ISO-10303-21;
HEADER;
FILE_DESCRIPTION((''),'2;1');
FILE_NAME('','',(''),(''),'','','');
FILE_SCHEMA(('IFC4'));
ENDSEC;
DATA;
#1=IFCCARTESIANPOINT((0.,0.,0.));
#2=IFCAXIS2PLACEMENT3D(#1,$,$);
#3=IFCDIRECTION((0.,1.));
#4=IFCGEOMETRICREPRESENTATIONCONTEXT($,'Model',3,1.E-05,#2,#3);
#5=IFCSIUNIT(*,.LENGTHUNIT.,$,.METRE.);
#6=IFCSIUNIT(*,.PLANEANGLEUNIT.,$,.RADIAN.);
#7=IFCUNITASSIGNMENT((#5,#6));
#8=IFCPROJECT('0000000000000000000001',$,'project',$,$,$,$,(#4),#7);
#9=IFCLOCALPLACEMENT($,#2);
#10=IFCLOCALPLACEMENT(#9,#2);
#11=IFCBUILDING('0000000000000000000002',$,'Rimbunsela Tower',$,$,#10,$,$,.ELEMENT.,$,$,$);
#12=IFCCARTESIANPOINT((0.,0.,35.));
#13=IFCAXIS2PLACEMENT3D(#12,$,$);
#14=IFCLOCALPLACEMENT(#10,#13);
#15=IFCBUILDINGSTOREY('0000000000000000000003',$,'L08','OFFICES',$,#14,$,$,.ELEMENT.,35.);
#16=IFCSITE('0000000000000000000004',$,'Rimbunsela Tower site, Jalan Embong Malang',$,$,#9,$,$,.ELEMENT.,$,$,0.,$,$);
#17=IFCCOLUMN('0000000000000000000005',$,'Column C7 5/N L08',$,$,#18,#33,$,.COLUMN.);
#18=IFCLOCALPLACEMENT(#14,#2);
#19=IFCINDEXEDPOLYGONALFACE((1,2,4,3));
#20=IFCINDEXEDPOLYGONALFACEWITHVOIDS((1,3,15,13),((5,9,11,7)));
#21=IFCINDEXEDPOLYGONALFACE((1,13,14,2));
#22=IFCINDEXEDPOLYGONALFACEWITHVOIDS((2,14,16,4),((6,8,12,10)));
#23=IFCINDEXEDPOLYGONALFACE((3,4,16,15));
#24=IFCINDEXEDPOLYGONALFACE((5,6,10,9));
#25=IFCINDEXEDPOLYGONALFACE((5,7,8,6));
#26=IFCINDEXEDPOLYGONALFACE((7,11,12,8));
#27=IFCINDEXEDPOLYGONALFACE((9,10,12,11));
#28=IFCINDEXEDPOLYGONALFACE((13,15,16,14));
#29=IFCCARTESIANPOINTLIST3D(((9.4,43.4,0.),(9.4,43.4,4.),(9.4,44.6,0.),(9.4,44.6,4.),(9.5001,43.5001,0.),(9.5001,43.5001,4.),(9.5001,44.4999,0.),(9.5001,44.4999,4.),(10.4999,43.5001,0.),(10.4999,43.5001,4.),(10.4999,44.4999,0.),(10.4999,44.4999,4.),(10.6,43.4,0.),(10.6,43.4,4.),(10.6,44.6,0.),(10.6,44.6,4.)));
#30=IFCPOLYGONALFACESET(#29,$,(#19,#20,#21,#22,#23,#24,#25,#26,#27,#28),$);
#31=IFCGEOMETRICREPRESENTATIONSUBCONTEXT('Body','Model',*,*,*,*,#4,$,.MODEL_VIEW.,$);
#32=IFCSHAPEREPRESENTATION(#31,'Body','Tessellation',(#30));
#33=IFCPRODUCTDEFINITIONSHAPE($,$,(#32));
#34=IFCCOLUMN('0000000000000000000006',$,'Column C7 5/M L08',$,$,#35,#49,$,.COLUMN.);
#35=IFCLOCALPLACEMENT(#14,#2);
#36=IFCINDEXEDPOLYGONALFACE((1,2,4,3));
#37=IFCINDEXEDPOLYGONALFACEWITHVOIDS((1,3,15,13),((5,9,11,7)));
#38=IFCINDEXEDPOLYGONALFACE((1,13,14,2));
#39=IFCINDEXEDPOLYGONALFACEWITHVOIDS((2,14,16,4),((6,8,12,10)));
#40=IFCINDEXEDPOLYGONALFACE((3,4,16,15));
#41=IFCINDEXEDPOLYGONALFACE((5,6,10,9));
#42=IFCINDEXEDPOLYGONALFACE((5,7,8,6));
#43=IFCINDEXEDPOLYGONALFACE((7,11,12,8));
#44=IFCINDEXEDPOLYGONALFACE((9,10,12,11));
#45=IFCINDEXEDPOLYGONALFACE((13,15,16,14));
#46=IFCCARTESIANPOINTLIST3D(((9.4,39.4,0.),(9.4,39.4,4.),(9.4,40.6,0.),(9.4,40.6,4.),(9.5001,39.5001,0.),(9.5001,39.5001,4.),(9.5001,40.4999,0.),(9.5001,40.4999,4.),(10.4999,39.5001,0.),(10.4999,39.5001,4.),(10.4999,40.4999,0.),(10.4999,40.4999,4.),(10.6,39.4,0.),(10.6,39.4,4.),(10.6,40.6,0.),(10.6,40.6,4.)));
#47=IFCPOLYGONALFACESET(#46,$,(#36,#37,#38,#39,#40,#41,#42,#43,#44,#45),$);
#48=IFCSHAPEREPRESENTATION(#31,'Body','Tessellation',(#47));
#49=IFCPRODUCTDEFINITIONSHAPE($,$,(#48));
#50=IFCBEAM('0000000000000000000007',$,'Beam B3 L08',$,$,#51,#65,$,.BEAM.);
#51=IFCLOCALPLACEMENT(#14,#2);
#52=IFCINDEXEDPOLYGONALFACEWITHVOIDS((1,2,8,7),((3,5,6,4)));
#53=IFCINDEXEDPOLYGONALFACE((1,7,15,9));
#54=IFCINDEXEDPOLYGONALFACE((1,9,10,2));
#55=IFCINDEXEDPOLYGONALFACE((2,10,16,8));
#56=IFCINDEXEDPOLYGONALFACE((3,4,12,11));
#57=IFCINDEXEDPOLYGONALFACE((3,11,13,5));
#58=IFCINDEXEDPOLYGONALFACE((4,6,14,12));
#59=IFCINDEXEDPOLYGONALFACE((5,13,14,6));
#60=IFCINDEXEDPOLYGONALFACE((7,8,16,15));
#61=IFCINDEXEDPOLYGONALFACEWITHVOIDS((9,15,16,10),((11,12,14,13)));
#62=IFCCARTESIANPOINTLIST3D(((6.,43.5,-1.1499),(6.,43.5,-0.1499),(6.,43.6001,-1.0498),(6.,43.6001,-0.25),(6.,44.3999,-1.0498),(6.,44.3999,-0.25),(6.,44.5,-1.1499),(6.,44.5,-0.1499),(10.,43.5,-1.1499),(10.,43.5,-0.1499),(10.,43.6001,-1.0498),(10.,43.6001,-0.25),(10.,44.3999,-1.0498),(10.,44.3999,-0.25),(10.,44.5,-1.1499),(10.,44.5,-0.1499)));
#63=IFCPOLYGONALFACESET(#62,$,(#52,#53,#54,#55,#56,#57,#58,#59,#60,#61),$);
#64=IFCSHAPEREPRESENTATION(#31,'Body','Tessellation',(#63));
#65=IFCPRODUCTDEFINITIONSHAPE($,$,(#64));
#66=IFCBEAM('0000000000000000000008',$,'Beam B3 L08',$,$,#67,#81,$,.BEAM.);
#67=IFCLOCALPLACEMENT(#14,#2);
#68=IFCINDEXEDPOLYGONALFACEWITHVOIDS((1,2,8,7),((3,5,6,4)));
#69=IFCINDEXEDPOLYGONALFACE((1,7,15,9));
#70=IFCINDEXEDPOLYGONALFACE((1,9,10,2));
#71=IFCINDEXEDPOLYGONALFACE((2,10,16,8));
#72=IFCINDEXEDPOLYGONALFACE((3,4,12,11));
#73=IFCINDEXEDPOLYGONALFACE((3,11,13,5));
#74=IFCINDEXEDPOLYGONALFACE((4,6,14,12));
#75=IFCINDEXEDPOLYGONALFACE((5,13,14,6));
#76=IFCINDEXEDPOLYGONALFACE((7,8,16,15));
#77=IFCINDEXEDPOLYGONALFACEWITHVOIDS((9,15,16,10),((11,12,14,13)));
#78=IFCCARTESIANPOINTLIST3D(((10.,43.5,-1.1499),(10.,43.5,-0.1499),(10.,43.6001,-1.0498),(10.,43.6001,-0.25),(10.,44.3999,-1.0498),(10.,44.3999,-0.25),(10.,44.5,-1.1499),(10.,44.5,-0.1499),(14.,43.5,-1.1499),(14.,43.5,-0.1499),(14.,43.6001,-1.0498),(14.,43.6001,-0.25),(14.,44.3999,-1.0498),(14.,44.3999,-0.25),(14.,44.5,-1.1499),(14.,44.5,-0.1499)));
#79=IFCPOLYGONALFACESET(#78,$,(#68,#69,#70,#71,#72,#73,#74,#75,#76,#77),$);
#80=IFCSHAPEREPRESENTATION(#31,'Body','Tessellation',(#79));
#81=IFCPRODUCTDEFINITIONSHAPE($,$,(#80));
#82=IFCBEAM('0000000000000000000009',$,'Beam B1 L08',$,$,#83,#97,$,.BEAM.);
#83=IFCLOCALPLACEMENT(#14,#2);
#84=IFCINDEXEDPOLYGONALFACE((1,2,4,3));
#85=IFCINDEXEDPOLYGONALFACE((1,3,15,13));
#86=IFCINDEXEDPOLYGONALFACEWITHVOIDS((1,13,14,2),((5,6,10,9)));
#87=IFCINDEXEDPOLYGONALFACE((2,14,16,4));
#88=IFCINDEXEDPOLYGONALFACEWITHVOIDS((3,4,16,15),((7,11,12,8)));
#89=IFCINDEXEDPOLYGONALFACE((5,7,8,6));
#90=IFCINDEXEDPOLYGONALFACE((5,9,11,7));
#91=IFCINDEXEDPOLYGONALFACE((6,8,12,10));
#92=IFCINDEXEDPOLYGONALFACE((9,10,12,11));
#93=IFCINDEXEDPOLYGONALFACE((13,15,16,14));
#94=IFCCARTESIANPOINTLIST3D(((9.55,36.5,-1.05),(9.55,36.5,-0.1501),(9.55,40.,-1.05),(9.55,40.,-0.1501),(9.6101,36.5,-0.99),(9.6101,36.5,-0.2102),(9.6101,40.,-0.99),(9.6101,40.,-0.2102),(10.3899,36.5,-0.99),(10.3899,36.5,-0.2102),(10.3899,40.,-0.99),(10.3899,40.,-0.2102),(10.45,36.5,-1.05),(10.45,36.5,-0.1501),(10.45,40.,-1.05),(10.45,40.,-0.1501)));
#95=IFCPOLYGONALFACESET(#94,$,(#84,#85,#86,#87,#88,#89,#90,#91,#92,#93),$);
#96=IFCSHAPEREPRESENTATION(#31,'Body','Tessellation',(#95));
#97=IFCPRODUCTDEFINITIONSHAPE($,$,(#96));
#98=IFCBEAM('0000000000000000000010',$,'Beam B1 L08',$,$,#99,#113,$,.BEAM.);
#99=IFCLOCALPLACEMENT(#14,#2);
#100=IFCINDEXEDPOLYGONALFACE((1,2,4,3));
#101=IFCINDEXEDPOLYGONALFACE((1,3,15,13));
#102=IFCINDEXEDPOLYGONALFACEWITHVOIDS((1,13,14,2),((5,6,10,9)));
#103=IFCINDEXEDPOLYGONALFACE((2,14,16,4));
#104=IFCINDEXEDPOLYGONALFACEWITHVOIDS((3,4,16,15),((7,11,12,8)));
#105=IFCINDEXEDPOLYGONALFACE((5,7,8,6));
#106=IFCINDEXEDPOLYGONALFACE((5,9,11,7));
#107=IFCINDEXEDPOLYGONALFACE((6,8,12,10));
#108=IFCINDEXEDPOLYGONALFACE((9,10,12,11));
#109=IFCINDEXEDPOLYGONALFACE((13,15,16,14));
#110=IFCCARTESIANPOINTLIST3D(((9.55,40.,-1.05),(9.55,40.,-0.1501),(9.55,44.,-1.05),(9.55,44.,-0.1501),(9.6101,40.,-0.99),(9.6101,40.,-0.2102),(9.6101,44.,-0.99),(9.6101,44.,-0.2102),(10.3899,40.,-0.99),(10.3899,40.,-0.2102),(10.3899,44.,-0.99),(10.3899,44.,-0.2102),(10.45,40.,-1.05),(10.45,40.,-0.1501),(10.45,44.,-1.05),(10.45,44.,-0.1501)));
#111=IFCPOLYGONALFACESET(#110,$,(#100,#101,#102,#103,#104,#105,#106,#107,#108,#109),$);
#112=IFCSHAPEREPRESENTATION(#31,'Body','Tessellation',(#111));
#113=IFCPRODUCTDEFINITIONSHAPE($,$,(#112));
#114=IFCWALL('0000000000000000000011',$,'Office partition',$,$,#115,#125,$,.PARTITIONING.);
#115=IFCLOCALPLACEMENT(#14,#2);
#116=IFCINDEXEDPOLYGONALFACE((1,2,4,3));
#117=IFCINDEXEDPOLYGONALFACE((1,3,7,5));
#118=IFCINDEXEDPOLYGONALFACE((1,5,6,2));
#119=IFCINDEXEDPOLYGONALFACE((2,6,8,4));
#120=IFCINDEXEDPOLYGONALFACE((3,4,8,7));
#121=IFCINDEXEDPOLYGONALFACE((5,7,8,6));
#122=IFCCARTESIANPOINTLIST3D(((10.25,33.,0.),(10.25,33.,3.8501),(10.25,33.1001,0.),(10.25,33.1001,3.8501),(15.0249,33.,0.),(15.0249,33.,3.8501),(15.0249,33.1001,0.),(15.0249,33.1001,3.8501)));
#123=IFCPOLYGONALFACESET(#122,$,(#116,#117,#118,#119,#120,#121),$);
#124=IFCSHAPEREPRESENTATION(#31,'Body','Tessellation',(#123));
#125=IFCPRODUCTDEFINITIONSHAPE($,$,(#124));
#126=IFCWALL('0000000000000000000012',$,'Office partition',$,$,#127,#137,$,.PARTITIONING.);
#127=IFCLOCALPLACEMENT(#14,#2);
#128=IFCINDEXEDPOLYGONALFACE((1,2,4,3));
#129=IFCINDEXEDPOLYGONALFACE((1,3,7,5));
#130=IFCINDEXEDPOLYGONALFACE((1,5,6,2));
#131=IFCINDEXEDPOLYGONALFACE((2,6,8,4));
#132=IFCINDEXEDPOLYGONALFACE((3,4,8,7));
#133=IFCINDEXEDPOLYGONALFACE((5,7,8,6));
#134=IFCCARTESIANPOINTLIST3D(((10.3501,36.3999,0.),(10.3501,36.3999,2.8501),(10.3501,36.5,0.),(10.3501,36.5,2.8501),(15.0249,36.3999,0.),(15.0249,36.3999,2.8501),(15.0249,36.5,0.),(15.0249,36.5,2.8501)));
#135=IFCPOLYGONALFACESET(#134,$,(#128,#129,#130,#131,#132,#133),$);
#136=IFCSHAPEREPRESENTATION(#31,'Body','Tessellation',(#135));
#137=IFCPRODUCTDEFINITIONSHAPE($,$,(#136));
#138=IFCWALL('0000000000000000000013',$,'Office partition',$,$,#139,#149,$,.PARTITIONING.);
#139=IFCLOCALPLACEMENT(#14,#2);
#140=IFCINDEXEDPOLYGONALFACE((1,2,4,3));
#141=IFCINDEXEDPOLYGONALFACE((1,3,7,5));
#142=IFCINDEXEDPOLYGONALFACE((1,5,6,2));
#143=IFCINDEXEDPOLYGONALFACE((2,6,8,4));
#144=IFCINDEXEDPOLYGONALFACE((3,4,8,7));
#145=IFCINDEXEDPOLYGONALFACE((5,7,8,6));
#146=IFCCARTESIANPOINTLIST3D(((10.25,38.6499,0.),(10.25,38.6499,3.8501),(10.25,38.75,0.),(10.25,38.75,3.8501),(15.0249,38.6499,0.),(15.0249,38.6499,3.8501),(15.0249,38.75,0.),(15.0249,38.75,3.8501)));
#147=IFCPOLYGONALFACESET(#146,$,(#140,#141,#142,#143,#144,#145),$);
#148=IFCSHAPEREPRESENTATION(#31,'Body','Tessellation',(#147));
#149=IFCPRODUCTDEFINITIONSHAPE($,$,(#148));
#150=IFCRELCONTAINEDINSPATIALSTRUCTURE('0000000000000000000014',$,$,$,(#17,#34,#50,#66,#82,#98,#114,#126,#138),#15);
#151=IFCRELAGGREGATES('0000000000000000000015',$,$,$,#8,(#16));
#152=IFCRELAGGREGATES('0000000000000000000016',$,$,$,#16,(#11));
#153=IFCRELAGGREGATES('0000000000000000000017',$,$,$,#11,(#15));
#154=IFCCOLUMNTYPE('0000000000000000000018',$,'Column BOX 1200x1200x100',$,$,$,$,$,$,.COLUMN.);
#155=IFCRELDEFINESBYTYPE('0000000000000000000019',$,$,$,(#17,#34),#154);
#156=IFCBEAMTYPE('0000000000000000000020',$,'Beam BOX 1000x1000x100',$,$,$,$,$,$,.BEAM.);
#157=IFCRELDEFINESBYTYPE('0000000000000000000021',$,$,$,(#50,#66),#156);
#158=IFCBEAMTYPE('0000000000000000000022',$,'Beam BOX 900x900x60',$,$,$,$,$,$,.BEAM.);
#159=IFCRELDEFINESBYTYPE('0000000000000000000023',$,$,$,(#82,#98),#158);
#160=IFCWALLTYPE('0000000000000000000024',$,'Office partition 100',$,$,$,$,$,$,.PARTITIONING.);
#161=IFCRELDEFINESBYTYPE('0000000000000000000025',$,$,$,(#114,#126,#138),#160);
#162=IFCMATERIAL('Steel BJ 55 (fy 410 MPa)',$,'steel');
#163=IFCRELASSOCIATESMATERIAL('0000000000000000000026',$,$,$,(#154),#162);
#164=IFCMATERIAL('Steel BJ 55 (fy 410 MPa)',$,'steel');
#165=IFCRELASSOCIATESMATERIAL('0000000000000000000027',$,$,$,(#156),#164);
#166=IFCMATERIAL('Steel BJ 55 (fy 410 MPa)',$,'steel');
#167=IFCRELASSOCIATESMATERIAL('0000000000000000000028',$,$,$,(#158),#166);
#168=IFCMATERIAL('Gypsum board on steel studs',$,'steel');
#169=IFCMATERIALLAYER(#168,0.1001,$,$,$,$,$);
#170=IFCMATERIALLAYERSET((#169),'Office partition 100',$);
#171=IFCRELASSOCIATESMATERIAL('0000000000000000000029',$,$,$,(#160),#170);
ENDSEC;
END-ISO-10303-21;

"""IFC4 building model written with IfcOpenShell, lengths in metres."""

from ifc_helpers import new_model, si_unit, direction, frame, frame_2d, origin, origin_2d, place, context, subcontext, project, spatial, rectangle, hollow_rectangle, extrude, material, layer, layer_set, material_profile, profile_set, type_object, element, save


model = new_model("IFC4")

# Units and contexts
model_context = context("Model", 3, precision=1e-05, world=origin(), true_north=direction((0.0, 1.0)))
body_context = subcontext(model_context, "Body", "Model", "MODEL_VIEW")
ifc_project = project(units=[si_unit("LENGTHUNIT", "METRE"), si_unit("PLANEANGLEUNIT", "RADIAN")], contexts=[model_context])

# Site, building, storey
site_placement = place(None, origin())
site = spatial("IfcSite", under=ifc_project, at=site_placement, Name="Rimbunsela Tower site, Jalan Embong Malang", CompositionType="ELEMENT", RefElevation=0.0)
building_placement = place(site_placement, origin())
building = spatial("IfcBuilding", under=site, at=building_placement, Name="Rimbunsela Tower", CompositionType="ELEMENT")
storey_placement = place(building_placement, frame((0.0, 0.0, 35.0)))
storey = spatial("IfcBuildingStorey", under=building, at=storey_placement, Name="L08", Description="OFFICES", CompositionType="ELEMENT", Elevation=35.0)

# Columns
ifc_material_1 = material(Name="Steel BJ 55 (fy 410 MPa)", Category="steel")
ifc_material_profile_1 = material_profile(ifc_material_1, hollow_rectangle(XDim=1.2, YDim=1.2, WallThickness=0.1001, at=origin_2d()), Name="BOX 1200x1200x100")
ifc_profile_set_1 = profile_set([ifc_material_profile_1], Name="Steel BJ 55 (fy 410 MPa)")
column_type = type_object("IfcColumnType", Name="Column BOX 1200x1200x100", PredefinedType="COLUMN", material=ifc_profile_set_1)
for number, where, z_axis, x_axis, name in (
    (1, (10.0, 44.0, 0.0), (0.0, 0.0, 1.0), (1.0, 0.0, 0.0), "Column C7 5/N L08"),
    (2, (10.0, 40.0, 0.0), (0.0, 0.0, 1.0), (1.0, 0.0, 0.0), "Column C7 5/M L08"),
):
    element("IfcColumn", number, at=place(storey_placement, frame(where, z_axis=z_axis, x_axis=x_axis)), inside=storey, type_object=column_type, Name=name, PredefinedType="COLUMN", context=body_context, shape_type="SweptSolid", body=[
        extrude(hollow_rectangle(XDim=1.2, YDim=1.2, WallThickness=0.1001, at=origin_2d()), origin(), (0.0, 0.0, 1.0), 4.0),
    ])

# Beams
ifc_material_2 = material(Name="Steel BJ 55 (fy 410 MPa)", Category="steel")
ifc_material_profile_2 = material_profile(ifc_material_2, hollow_rectangle(XDim=1.0, YDim=1.0, WallThickness=0.1001, at=origin_2d()), Name="BOX 1000x1000x100")
ifc_profile_set_2 = profile_set([ifc_material_profile_2], Name="Steel BJ 55 (fy 410 MPa)")
beam_type_1 = type_object("IfcBeamType", Name="Beam BOX 1000x1000x100", PredefinedType="BEAM", material=ifc_profile_set_2)
for number, where, z_axis, x_axis, name in (
    (3, (6.0, 44.0, -0.6499), (1.0, 0.0, 0.0), (0.0, 1.0, 0.0), "Beam B3 L08"),
    (4, (10.0, 44.0, -0.6499), (1.0, 0.0, 0.0), (0.0, 1.0, 0.0), "Beam B3 L08"),
):
    element("IfcBeam", number, at=place(storey_placement, frame(where, z_axis=z_axis, x_axis=x_axis)), inside=storey, type_object=beam_type_1, Name=name, PredefinedType="BEAM", context=body_context, shape_type="SweptSolid", body=[
        extrude(hollow_rectangle(XDim=1.0, YDim=1.0, WallThickness=0.1001, at=origin_2d()), origin(), (0.0, 0.0, 1.0), 4.0),
    ])
ifc_material_3 = material(Name="Steel BJ 55 (fy 410 MPa)", Category="steel")
ifc_material_profile_3 = material_profile(ifc_material_3, hollow_rectangle(XDim=0.8999, YDim=0.8999, WallThickness=0.0601, at=origin_2d()), Name="BOX 900x900x60")
ifc_profile_set_3 = profile_set([ifc_material_profile_3], Name="Steel BJ 55 (fy 410 MPa)")
beam_type_2 = type_object("IfcBeamType", Name="Beam BOX 900x900x60", PredefinedType="BEAM", material=ifc_profile_set_3)
beam_1_placement = place(storey_placement, frame((10.0, 36.5, -0.6001), z_axis=(0.0, 1.0, 0.0), x_axis=(-1.0, 0.0, 0.0)))
element("IfcBeam", 5, at=beam_1_placement, inside=storey, type_object=beam_type_2, Name="Beam B1 L08", PredefinedType="BEAM", context=body_context, shape_type="SweptSolid", body=[
    extrude(hollow_rectangle(XDim=0.8999, YDim=0.8999, WallThickness=0.0601, at=origin_2d()), origin(), (0.0, 0.0, 1.0), 3.5),
])
beam_2_placement = place(storey_placement, frame((10.0, 40.0, -0.6001), z_axis=(0.0, 1.0, 0.0), x_axis=(-1.0, 0.0, 0.0)))
element("IfcBeam", 6, at=beam_2_placement, inside=storey, type_object=beam_type_2, Name="Beam B1 L08", PredefinedType="BEAM", context=body_context, shape_type="SweptSolid", body=[
    extrude(hollow_rectangle(XDim=0.8999, YDim=0.8999, WallThickness=0.0601, at=origin_2d()), origin(), (0.0, 0.0, 1.0), 4.0),
])

# Walls
ifc_material_4 = material(Name="Gypsum board on steel studs", Category="steel")
ifc_layer_1 = layer(ifc_material_4, 0.1001)
ifc_layer_set_1 = layer_set([ifc_layer_1], Name="Office partition 100")
wall_type_1 = type_object("IfcWallType", Name="Office partition 100", PredefinedType="PARTITIONING", material=ifc_layer_set_1)
wall_1_placement = place(storey_placement, frame((10.25, 33.05, 0.0), z_axis=(0.0, 0.0, 1.0), x_axis=(1.0, 0.0, 0.0)))
element("IfcWall", 7, at=wall_1_placement, inside=storey, type_object=wall_type_1, Name="Office partition", PredefinedType="PARTITIONING", context=body_context, shape_type="SweptSolid", body=[
    extrude(rectangle(XDim=4.7749, YDim=0.1001, at=frame_2d((2.3875, 0.0))), origin(), (0.0, 0.0, 1.0), 3.8501),
])
wall_2_placement = place(storey_placement, frame((10.3501, 36.45, 0.0), z_axis=(0.0, 0.0, 1.0), x_axis=(1.0, 0.0, 0.0)))
element("IfcWall", 8, at=wall_2_placement, inside=storey, type_object=wall_type_1, Name="Office partition", PredefinedType="PARTITIONING", context=body_context, shape_type="SweptSolid", body=[
    extrude(rectangle(XDim=4.6748, YDim=0.1001, at=frame_2d((2.3374, 0.0))), origin(), (0.0, 0.0, 1.0), 2.8501),
])
wall_3_placement = place(storey_placement, frame((10.25, 38.7, 0.0), z_axis=(0.0, 0.0, 1.0), x_axis=(1.0, 0.0, 0.0)))
element("IfcWall", 9, at=wall_3_placement, inside=storey, type_object=wall_type_1, Name="Office partition", PredefinedType="PARTITIONING", context=body_context, shape_type="SweptSolid", body=[
    extrude(rectangle(XDim=4.7749, YDim=0.1001, at=frame_2d((2.3875, 0.0))), origin(), (0.0, 0.0, 1.0), 3.8501),
])

save(model, "model.ifc")
